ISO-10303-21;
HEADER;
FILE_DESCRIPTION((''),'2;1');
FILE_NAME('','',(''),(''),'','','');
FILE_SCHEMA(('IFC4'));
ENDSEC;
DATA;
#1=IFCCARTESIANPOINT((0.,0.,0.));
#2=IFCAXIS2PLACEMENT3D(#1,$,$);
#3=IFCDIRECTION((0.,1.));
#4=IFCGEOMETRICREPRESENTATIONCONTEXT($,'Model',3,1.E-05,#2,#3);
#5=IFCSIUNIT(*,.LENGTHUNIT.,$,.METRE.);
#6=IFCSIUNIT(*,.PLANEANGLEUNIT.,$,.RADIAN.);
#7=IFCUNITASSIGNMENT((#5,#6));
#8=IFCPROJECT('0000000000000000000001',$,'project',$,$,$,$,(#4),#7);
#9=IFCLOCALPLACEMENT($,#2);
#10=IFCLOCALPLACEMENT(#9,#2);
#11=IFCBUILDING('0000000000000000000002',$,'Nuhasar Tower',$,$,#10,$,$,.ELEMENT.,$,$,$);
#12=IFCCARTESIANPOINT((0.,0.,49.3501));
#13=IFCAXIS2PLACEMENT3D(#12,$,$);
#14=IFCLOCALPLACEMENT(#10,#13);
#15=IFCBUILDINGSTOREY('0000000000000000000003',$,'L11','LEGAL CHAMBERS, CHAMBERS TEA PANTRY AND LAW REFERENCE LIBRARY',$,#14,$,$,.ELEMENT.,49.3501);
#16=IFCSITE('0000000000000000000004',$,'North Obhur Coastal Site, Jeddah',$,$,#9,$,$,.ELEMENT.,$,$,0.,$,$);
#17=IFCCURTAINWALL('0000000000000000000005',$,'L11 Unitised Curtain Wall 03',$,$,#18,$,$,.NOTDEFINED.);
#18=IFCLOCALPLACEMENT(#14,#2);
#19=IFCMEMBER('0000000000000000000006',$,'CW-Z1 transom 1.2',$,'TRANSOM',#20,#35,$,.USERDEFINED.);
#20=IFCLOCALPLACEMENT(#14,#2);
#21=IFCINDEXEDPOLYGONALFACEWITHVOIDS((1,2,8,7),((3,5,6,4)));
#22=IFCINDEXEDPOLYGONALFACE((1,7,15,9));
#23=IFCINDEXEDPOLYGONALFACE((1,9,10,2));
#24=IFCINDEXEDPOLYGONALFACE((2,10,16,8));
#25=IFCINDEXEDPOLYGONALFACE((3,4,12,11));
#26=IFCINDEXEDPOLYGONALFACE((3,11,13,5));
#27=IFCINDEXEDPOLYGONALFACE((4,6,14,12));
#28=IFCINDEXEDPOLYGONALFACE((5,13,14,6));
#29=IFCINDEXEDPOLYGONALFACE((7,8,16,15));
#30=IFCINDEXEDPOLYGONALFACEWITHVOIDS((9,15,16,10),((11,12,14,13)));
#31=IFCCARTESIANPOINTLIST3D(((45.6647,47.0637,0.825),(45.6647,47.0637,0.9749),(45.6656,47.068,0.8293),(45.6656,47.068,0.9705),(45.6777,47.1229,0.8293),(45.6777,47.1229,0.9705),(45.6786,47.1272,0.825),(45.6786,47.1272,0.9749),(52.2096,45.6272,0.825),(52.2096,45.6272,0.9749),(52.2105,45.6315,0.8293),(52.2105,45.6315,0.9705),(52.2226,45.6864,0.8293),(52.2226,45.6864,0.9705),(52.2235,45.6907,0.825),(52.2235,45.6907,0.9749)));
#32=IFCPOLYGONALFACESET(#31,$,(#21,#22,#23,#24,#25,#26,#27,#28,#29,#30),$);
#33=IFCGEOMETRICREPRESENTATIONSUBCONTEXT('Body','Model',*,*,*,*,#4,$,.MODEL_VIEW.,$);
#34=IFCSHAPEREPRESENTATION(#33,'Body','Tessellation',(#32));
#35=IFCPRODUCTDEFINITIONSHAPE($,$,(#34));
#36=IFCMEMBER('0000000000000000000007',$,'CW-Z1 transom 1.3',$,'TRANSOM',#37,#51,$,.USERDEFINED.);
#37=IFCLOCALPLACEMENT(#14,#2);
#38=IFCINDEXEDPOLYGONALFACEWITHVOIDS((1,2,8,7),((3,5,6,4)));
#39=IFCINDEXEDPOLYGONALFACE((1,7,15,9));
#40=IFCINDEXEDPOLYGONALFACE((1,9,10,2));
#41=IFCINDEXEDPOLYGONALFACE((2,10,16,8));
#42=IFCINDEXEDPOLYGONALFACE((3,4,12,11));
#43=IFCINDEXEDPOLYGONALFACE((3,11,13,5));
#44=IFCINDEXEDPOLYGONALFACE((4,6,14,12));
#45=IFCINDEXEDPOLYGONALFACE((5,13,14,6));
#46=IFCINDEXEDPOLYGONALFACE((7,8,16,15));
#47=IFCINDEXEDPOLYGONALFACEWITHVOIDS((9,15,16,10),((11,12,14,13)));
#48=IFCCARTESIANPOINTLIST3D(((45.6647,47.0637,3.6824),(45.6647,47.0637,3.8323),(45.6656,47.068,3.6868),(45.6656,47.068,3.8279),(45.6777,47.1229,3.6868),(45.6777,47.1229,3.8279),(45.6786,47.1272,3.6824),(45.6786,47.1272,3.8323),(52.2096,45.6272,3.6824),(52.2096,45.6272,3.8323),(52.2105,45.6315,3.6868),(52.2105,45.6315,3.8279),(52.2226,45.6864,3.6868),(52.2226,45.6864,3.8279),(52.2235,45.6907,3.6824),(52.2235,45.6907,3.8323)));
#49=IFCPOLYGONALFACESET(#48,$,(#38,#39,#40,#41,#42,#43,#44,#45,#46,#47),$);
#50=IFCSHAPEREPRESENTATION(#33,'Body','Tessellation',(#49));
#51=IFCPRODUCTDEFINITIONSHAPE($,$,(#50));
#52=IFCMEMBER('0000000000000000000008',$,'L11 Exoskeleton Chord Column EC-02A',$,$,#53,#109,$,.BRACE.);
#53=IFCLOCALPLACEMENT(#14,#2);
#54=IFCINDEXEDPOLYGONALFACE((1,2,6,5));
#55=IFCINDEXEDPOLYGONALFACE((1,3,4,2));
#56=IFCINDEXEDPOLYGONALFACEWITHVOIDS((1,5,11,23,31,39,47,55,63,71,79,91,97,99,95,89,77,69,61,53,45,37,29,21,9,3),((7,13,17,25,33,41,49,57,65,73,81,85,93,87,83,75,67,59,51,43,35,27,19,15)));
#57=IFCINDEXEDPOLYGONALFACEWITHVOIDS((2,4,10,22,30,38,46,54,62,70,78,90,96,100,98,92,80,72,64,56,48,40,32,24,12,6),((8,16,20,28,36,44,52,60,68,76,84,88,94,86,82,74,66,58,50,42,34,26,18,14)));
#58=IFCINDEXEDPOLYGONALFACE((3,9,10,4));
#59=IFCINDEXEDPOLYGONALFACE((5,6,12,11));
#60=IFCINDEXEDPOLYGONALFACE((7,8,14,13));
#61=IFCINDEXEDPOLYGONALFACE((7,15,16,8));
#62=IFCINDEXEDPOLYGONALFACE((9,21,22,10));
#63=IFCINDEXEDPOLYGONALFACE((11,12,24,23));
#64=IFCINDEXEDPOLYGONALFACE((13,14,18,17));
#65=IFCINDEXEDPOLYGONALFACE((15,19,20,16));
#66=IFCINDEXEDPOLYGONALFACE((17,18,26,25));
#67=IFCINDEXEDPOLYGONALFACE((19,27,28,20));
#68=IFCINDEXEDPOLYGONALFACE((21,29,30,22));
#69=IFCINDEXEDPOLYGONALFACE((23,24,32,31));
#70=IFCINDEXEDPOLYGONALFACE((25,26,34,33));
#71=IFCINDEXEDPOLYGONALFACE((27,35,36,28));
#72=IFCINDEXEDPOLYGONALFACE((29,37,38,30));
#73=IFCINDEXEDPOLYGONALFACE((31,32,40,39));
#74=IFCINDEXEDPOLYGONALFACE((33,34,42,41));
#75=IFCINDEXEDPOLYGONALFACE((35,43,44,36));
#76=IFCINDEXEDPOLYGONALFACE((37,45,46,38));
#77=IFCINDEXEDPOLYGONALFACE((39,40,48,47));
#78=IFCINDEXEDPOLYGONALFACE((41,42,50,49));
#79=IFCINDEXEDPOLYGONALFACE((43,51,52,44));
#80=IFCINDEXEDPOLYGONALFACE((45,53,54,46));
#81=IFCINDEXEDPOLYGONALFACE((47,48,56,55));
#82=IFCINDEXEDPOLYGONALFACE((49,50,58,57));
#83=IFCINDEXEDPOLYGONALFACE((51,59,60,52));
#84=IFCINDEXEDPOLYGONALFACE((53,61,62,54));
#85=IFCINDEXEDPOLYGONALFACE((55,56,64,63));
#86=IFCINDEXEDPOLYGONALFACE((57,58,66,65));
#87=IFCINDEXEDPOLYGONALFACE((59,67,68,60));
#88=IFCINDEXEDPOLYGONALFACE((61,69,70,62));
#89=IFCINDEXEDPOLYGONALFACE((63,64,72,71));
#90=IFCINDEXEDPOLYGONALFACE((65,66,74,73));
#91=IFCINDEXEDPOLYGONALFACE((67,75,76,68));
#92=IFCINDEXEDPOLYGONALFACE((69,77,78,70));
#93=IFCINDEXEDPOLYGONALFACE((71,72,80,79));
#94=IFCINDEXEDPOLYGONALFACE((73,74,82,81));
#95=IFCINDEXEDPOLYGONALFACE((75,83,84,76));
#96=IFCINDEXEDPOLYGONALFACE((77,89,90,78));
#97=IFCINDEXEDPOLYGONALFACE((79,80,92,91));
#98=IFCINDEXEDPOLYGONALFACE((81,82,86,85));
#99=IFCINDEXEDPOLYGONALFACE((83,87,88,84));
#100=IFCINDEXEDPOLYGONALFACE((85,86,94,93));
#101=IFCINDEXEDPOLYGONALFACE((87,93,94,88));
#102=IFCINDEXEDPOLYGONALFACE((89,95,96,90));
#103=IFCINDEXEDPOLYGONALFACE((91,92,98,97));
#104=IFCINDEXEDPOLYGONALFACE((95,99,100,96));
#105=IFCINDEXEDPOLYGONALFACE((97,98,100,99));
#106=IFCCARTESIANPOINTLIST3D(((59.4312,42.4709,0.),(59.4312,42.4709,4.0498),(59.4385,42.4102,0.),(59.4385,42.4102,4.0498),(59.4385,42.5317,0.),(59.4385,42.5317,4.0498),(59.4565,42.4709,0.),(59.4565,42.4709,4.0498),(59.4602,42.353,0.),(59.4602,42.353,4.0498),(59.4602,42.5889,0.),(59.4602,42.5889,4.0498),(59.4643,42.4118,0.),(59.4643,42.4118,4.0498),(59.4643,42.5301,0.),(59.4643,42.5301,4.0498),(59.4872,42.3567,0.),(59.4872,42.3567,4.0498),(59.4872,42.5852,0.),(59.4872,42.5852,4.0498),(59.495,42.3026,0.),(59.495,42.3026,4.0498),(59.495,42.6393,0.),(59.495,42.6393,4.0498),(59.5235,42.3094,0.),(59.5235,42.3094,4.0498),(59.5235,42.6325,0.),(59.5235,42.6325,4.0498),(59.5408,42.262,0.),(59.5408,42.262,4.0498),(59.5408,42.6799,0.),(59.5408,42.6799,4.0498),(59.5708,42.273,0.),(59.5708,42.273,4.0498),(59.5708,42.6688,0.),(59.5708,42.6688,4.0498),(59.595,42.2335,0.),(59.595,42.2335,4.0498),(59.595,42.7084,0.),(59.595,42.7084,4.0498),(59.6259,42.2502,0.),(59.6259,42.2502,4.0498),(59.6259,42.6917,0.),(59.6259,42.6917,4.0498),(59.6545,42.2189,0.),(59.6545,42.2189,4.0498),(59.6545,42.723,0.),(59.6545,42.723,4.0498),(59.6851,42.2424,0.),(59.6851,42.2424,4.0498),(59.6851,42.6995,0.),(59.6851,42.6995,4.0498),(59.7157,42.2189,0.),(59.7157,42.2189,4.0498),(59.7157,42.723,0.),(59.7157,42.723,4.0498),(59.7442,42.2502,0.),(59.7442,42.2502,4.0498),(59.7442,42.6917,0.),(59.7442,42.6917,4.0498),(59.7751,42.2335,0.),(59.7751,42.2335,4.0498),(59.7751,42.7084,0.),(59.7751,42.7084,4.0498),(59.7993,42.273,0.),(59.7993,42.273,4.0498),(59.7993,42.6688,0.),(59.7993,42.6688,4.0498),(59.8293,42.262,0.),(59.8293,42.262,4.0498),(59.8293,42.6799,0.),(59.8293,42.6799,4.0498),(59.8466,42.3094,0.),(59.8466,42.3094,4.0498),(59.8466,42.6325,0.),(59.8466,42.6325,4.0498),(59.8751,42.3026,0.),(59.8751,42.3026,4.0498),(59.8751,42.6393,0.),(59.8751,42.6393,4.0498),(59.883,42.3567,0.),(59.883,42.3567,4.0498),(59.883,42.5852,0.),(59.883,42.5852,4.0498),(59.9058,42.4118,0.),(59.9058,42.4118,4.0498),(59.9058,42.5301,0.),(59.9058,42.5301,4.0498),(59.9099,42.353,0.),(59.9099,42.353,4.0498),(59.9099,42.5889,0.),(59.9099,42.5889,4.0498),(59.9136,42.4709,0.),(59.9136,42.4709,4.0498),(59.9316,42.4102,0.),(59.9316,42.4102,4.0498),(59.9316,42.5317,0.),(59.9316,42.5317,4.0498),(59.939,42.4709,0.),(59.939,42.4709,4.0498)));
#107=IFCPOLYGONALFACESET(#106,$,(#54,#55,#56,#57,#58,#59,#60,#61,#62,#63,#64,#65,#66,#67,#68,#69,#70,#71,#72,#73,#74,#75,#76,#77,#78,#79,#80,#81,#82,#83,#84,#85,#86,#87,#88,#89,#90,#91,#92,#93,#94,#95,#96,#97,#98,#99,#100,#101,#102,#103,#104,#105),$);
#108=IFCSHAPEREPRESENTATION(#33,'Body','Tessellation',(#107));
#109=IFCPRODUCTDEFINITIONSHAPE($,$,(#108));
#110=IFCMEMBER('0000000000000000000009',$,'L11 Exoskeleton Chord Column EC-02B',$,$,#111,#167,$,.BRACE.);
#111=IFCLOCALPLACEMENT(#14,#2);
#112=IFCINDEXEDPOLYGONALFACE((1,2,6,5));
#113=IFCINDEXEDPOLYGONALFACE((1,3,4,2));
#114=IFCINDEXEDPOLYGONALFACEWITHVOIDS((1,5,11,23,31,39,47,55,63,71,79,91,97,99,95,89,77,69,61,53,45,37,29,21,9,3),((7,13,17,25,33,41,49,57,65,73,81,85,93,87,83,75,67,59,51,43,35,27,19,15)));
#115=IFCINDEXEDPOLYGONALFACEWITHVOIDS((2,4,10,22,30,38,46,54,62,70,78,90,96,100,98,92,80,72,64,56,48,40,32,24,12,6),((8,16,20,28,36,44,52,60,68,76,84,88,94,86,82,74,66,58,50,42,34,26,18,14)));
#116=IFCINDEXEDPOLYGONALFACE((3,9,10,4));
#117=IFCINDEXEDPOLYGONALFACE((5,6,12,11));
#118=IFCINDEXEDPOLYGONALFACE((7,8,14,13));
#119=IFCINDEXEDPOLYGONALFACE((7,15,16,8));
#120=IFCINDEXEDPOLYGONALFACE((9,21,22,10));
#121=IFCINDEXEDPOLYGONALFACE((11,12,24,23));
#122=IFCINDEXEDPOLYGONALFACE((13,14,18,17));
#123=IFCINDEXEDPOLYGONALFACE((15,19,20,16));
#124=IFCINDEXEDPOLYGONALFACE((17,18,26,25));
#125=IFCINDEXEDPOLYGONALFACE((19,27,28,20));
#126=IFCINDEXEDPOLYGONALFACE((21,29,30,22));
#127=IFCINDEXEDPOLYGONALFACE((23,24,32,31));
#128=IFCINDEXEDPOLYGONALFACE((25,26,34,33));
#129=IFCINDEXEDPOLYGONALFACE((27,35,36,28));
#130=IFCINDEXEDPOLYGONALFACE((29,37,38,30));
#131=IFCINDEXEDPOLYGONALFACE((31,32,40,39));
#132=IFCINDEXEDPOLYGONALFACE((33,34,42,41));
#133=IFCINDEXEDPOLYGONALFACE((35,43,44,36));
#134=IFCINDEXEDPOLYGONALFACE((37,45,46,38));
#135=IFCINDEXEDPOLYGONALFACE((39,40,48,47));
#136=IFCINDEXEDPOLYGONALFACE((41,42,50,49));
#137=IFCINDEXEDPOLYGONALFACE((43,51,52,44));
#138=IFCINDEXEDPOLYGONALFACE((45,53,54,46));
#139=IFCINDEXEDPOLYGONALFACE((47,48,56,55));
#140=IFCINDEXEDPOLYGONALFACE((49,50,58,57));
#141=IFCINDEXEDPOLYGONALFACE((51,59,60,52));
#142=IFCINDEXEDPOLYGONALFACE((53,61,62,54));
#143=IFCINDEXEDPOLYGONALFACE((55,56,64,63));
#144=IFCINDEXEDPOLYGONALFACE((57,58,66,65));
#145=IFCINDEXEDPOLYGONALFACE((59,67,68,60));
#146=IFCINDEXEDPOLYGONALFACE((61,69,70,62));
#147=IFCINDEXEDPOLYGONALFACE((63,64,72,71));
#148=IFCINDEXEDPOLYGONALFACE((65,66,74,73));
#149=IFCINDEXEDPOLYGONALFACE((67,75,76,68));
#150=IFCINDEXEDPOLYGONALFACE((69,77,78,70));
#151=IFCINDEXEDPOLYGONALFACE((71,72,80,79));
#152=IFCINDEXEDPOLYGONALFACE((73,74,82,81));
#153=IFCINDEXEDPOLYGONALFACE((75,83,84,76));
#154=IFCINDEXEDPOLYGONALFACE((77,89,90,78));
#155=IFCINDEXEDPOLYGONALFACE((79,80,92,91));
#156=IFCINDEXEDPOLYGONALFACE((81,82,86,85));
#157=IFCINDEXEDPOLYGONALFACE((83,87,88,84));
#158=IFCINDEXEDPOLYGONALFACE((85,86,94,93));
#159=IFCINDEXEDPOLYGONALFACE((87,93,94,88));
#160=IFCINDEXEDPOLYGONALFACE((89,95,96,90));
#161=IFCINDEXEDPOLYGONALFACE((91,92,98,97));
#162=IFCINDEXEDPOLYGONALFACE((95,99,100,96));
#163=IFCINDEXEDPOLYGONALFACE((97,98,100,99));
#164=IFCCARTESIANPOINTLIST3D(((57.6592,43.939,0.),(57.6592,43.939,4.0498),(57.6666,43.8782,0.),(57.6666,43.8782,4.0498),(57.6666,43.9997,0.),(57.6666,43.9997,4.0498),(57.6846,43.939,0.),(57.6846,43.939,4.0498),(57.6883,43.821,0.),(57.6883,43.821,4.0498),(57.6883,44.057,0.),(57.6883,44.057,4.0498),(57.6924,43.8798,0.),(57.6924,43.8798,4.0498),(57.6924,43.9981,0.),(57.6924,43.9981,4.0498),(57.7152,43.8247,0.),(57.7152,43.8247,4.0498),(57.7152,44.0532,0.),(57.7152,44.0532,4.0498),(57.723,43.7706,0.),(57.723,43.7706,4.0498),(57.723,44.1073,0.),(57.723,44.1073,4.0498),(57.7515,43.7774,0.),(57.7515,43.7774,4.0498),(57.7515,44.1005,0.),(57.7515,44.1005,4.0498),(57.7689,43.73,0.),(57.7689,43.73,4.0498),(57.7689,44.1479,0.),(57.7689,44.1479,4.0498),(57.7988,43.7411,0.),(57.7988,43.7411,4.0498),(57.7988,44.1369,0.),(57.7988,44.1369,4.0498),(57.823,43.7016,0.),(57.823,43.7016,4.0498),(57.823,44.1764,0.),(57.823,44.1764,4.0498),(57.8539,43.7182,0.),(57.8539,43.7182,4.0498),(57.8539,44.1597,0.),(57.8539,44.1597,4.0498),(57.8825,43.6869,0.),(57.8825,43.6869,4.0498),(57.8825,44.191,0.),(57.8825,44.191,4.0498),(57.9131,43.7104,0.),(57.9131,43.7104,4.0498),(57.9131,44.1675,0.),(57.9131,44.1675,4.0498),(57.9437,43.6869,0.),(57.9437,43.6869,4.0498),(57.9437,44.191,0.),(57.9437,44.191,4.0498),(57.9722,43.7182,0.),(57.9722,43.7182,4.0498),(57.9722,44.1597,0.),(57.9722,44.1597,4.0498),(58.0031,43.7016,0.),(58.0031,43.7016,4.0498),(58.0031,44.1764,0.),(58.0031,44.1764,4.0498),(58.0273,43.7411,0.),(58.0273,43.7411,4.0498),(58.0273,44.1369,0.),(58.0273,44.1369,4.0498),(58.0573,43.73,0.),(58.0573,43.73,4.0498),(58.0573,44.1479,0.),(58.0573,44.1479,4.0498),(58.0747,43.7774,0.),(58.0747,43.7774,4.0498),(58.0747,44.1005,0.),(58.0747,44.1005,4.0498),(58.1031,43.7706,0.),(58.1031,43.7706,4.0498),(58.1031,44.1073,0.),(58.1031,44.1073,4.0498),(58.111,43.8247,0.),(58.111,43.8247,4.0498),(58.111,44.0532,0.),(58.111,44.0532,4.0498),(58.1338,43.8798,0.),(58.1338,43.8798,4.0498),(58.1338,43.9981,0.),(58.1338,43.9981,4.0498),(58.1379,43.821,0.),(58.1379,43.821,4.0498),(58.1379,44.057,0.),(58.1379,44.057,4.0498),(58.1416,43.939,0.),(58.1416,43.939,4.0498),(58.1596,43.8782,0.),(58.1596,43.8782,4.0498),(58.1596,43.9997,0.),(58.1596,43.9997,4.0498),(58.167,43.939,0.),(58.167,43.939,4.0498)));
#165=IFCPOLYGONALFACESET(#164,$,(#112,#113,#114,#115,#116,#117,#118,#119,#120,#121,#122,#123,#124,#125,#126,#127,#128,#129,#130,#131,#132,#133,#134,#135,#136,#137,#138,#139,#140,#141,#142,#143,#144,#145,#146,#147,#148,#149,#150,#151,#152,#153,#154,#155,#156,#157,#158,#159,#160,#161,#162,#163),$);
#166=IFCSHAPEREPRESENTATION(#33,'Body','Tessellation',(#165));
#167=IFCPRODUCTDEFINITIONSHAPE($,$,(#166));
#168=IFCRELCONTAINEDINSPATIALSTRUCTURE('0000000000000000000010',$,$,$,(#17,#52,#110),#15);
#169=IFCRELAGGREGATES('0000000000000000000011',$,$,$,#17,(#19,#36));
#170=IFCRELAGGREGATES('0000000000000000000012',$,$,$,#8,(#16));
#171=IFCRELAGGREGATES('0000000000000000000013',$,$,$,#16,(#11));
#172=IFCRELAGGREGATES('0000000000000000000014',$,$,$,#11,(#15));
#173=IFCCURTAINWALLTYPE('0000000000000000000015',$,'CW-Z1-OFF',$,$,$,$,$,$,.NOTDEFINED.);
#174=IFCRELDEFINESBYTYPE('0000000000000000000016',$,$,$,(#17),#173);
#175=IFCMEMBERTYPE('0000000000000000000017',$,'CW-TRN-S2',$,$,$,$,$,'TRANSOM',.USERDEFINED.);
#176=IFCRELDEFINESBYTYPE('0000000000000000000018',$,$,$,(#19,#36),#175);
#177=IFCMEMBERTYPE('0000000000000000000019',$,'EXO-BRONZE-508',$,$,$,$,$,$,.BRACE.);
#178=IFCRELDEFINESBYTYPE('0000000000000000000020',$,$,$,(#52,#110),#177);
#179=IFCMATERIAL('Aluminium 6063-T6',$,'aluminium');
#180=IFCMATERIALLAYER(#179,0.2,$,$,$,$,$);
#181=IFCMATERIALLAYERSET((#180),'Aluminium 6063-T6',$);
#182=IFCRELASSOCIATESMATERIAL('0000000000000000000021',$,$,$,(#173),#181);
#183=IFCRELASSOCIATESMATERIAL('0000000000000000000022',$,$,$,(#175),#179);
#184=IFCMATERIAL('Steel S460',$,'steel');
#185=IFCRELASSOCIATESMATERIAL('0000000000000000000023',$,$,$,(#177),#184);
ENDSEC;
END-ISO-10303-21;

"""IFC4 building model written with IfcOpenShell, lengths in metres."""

from ifc_helpers import new_model, si_unit, direction, frame, origin, origin_2d, place, context, subcontext, project, spatial, hollow_rectangle, hollow_circle, extrude, material, layer, layer_set, material_profile, profile_set, type_object, element, aggregate, save


model = new_model("IFC4")

# Units and contexts
model_context = context("Model", 3, precision=1e-05, world=origin(), true_north=direction((0.0, 1.0)))
body_context = subcontext(model_context, "Body", "Model", "MODEL_VIEW")
ifc_project = project(units=[si_unit("LENGTHUNIT", "METRE"), si_unit("PLANEANGLEUNIT", "RADIAN")], contexts=[model_context])

# Site, building, storey
site_placement = place(None, origin())
site = spatial("IfcSite", under=ifc_project, at=site_placement, Name="North Obhur Coastal Site, Jeddah", CompositionType="ELEMENT", RefElevation=0.0)
building_placement = place(site_placement, origin())
building = spatial("IfcBuilding", under=site, at=building_placement, Name="Nuhasar Tower", CompositionType="ELEMENT")
storey_placement = place(building_placement, frame((0.0, 0.0, 49.3501)))
storey = spatial("IfcBuildingStorey", under=building, at=storey_placement, Name="L11", Description="LEGAL CHAMBERS, CHAMBERS TEA PANTRY AND LAW REFERENCE LIBRARY", CompositionType="ELEMENT", Elevation=49.3501)

# Shared definitions
ifc_material_1 = material(Name="Aluminium 6063-T6", Category="aluminium")
ifc_layer_1 = layer(ifc_material_1, 0.2)
ifc_layer_set_1 = layer_set([ifc_layer_1], Name="Aluminium 6063-T6")
curtain_wall_type = type_object("IfcCurtainWallType", Name="CW-Z1-OFF", PredefinedType="NOTDEFINED", material=ifc_layer_set_1)

# Curtain wall
curtain_wall_1_placement = place(storey_placement, origin())
curtain_wall_1 = element("IfcCurtainWall", 1, at=curtain_wall_1_placement, inside=storey, type_object=curtain_wall_type, Name="L11 Unitised Curtain Wall 03", PredefinedType="NOTDEFINED")

# Members
ifc_material_profile_1 = material_profile(ifc_material_1, hollow_rectangle(XDim=0.0649, YDim=0.1499, WallThickness=0.0044, at=origin_2d()), Name="CWT-2")
ifc_profile_set_1 = profile_set([ifc_material_profile_1], Name="Aluminium 6063-T6")
member_type_1 = type_object("IfcMemberType", Name="CW-TRN-S2", ElementType="TRANSOM", PredefinedType="USERDEFINED", material=ifc_profile_set_1)
member_1_placement = place(storey_placement, frame((52.2166, 45.6589, 0.8999), z_axis=(-0.97675, 0.214384, 0.0), x_axis=(-0.214384, -0.97675, 0.0)))
member_1 = element("IfcMember", 2, at=member_1_placement, type_object=member_type_1, Name="CW-Z1 transom 1.2", ObjectType="TRANSOM", PredefinedType="USERDEFINED", context=body_context, shape_type="SweptSolid", body=[
    extrude(hollow_rectangle(XDim=0.0649, YDim=0.1499, WallThickness=0.0044, at=origin_2d()), origin(), (0.0, 0.0, 1.0), 6.7007),
])
member_2_placement = place(storey_placement, frame((52.2166, 45.6589, 3.7573), z_axis=(-0.97675, 0.214384, 0.0), x_axis=(-0.214384, -0.97675, 0.0)))
member_2 = element("IfcMember", 3, at=member_2_placement, type_object=member_type_1, Name="CW-Z1 transom 1.3", ObjectType="TRANSOM", PredefinedType="USERDEFINED", context=body_context, shape_type="SweptSolid", body=[
    extrude(hollow_rectangle(XDim=0.0649, YDim=0.1499, WallThickness=0.0044, at=origin_2d()), origin(), (0.0, 0.0, 1.0), 6.7007),
])
aggregate(curtain_wall_1, [member_1, member_2])

# Members
ifc_material_2 = material(Name="Steel S460", Category="steel")
ifc_material_profile_2 = material_profile(ifc_material_2, hollow_circle(Radius=0.2539, WallThickness=0.0254, at=origin_2d()), Name="HSS508X25.4")
ifc_profile_set_2 = profile_set([ifc_material_profile_2], Name="Steel S460")
member_type_2 = type_object("IfcMemberType", Name="EXO-BRONZE-508", PredefinedType="BRACE", material=ifc_profile_set_2)
for number, where, z_axis, x_axis, name in (
    (4, (59.6851, 42.4709, 0.0), (0.0, 0.0, 1.0), (1.0, 0.0, 0.0), "L11 Exoskeleton Chord Column EC-02A"),
    (5, (57.9131, 43.939, 0.0), (0.0, 0.0, 1.0), (1.0, 0.0, 0.0), "L11 Exoskeleton Chord Column EC-02B"),
):
    element("IfcMember", number, at=place(storey_placement, frame(where, z_axis=z_axis, x_axis=x_axis)), inside=storey, type_object=member_type_2, Name=name, PredefinedType="BRACE", context=body_context, shape_type="SweptSolid", body=[
        extrude(hollow_circle(Radius=0.2539, WallThickness=0.0254, at=origin_2d()), origin(), (0.0, 0.0, 1.0), 4.0498),
    ])

save(model, "model.ifc")
